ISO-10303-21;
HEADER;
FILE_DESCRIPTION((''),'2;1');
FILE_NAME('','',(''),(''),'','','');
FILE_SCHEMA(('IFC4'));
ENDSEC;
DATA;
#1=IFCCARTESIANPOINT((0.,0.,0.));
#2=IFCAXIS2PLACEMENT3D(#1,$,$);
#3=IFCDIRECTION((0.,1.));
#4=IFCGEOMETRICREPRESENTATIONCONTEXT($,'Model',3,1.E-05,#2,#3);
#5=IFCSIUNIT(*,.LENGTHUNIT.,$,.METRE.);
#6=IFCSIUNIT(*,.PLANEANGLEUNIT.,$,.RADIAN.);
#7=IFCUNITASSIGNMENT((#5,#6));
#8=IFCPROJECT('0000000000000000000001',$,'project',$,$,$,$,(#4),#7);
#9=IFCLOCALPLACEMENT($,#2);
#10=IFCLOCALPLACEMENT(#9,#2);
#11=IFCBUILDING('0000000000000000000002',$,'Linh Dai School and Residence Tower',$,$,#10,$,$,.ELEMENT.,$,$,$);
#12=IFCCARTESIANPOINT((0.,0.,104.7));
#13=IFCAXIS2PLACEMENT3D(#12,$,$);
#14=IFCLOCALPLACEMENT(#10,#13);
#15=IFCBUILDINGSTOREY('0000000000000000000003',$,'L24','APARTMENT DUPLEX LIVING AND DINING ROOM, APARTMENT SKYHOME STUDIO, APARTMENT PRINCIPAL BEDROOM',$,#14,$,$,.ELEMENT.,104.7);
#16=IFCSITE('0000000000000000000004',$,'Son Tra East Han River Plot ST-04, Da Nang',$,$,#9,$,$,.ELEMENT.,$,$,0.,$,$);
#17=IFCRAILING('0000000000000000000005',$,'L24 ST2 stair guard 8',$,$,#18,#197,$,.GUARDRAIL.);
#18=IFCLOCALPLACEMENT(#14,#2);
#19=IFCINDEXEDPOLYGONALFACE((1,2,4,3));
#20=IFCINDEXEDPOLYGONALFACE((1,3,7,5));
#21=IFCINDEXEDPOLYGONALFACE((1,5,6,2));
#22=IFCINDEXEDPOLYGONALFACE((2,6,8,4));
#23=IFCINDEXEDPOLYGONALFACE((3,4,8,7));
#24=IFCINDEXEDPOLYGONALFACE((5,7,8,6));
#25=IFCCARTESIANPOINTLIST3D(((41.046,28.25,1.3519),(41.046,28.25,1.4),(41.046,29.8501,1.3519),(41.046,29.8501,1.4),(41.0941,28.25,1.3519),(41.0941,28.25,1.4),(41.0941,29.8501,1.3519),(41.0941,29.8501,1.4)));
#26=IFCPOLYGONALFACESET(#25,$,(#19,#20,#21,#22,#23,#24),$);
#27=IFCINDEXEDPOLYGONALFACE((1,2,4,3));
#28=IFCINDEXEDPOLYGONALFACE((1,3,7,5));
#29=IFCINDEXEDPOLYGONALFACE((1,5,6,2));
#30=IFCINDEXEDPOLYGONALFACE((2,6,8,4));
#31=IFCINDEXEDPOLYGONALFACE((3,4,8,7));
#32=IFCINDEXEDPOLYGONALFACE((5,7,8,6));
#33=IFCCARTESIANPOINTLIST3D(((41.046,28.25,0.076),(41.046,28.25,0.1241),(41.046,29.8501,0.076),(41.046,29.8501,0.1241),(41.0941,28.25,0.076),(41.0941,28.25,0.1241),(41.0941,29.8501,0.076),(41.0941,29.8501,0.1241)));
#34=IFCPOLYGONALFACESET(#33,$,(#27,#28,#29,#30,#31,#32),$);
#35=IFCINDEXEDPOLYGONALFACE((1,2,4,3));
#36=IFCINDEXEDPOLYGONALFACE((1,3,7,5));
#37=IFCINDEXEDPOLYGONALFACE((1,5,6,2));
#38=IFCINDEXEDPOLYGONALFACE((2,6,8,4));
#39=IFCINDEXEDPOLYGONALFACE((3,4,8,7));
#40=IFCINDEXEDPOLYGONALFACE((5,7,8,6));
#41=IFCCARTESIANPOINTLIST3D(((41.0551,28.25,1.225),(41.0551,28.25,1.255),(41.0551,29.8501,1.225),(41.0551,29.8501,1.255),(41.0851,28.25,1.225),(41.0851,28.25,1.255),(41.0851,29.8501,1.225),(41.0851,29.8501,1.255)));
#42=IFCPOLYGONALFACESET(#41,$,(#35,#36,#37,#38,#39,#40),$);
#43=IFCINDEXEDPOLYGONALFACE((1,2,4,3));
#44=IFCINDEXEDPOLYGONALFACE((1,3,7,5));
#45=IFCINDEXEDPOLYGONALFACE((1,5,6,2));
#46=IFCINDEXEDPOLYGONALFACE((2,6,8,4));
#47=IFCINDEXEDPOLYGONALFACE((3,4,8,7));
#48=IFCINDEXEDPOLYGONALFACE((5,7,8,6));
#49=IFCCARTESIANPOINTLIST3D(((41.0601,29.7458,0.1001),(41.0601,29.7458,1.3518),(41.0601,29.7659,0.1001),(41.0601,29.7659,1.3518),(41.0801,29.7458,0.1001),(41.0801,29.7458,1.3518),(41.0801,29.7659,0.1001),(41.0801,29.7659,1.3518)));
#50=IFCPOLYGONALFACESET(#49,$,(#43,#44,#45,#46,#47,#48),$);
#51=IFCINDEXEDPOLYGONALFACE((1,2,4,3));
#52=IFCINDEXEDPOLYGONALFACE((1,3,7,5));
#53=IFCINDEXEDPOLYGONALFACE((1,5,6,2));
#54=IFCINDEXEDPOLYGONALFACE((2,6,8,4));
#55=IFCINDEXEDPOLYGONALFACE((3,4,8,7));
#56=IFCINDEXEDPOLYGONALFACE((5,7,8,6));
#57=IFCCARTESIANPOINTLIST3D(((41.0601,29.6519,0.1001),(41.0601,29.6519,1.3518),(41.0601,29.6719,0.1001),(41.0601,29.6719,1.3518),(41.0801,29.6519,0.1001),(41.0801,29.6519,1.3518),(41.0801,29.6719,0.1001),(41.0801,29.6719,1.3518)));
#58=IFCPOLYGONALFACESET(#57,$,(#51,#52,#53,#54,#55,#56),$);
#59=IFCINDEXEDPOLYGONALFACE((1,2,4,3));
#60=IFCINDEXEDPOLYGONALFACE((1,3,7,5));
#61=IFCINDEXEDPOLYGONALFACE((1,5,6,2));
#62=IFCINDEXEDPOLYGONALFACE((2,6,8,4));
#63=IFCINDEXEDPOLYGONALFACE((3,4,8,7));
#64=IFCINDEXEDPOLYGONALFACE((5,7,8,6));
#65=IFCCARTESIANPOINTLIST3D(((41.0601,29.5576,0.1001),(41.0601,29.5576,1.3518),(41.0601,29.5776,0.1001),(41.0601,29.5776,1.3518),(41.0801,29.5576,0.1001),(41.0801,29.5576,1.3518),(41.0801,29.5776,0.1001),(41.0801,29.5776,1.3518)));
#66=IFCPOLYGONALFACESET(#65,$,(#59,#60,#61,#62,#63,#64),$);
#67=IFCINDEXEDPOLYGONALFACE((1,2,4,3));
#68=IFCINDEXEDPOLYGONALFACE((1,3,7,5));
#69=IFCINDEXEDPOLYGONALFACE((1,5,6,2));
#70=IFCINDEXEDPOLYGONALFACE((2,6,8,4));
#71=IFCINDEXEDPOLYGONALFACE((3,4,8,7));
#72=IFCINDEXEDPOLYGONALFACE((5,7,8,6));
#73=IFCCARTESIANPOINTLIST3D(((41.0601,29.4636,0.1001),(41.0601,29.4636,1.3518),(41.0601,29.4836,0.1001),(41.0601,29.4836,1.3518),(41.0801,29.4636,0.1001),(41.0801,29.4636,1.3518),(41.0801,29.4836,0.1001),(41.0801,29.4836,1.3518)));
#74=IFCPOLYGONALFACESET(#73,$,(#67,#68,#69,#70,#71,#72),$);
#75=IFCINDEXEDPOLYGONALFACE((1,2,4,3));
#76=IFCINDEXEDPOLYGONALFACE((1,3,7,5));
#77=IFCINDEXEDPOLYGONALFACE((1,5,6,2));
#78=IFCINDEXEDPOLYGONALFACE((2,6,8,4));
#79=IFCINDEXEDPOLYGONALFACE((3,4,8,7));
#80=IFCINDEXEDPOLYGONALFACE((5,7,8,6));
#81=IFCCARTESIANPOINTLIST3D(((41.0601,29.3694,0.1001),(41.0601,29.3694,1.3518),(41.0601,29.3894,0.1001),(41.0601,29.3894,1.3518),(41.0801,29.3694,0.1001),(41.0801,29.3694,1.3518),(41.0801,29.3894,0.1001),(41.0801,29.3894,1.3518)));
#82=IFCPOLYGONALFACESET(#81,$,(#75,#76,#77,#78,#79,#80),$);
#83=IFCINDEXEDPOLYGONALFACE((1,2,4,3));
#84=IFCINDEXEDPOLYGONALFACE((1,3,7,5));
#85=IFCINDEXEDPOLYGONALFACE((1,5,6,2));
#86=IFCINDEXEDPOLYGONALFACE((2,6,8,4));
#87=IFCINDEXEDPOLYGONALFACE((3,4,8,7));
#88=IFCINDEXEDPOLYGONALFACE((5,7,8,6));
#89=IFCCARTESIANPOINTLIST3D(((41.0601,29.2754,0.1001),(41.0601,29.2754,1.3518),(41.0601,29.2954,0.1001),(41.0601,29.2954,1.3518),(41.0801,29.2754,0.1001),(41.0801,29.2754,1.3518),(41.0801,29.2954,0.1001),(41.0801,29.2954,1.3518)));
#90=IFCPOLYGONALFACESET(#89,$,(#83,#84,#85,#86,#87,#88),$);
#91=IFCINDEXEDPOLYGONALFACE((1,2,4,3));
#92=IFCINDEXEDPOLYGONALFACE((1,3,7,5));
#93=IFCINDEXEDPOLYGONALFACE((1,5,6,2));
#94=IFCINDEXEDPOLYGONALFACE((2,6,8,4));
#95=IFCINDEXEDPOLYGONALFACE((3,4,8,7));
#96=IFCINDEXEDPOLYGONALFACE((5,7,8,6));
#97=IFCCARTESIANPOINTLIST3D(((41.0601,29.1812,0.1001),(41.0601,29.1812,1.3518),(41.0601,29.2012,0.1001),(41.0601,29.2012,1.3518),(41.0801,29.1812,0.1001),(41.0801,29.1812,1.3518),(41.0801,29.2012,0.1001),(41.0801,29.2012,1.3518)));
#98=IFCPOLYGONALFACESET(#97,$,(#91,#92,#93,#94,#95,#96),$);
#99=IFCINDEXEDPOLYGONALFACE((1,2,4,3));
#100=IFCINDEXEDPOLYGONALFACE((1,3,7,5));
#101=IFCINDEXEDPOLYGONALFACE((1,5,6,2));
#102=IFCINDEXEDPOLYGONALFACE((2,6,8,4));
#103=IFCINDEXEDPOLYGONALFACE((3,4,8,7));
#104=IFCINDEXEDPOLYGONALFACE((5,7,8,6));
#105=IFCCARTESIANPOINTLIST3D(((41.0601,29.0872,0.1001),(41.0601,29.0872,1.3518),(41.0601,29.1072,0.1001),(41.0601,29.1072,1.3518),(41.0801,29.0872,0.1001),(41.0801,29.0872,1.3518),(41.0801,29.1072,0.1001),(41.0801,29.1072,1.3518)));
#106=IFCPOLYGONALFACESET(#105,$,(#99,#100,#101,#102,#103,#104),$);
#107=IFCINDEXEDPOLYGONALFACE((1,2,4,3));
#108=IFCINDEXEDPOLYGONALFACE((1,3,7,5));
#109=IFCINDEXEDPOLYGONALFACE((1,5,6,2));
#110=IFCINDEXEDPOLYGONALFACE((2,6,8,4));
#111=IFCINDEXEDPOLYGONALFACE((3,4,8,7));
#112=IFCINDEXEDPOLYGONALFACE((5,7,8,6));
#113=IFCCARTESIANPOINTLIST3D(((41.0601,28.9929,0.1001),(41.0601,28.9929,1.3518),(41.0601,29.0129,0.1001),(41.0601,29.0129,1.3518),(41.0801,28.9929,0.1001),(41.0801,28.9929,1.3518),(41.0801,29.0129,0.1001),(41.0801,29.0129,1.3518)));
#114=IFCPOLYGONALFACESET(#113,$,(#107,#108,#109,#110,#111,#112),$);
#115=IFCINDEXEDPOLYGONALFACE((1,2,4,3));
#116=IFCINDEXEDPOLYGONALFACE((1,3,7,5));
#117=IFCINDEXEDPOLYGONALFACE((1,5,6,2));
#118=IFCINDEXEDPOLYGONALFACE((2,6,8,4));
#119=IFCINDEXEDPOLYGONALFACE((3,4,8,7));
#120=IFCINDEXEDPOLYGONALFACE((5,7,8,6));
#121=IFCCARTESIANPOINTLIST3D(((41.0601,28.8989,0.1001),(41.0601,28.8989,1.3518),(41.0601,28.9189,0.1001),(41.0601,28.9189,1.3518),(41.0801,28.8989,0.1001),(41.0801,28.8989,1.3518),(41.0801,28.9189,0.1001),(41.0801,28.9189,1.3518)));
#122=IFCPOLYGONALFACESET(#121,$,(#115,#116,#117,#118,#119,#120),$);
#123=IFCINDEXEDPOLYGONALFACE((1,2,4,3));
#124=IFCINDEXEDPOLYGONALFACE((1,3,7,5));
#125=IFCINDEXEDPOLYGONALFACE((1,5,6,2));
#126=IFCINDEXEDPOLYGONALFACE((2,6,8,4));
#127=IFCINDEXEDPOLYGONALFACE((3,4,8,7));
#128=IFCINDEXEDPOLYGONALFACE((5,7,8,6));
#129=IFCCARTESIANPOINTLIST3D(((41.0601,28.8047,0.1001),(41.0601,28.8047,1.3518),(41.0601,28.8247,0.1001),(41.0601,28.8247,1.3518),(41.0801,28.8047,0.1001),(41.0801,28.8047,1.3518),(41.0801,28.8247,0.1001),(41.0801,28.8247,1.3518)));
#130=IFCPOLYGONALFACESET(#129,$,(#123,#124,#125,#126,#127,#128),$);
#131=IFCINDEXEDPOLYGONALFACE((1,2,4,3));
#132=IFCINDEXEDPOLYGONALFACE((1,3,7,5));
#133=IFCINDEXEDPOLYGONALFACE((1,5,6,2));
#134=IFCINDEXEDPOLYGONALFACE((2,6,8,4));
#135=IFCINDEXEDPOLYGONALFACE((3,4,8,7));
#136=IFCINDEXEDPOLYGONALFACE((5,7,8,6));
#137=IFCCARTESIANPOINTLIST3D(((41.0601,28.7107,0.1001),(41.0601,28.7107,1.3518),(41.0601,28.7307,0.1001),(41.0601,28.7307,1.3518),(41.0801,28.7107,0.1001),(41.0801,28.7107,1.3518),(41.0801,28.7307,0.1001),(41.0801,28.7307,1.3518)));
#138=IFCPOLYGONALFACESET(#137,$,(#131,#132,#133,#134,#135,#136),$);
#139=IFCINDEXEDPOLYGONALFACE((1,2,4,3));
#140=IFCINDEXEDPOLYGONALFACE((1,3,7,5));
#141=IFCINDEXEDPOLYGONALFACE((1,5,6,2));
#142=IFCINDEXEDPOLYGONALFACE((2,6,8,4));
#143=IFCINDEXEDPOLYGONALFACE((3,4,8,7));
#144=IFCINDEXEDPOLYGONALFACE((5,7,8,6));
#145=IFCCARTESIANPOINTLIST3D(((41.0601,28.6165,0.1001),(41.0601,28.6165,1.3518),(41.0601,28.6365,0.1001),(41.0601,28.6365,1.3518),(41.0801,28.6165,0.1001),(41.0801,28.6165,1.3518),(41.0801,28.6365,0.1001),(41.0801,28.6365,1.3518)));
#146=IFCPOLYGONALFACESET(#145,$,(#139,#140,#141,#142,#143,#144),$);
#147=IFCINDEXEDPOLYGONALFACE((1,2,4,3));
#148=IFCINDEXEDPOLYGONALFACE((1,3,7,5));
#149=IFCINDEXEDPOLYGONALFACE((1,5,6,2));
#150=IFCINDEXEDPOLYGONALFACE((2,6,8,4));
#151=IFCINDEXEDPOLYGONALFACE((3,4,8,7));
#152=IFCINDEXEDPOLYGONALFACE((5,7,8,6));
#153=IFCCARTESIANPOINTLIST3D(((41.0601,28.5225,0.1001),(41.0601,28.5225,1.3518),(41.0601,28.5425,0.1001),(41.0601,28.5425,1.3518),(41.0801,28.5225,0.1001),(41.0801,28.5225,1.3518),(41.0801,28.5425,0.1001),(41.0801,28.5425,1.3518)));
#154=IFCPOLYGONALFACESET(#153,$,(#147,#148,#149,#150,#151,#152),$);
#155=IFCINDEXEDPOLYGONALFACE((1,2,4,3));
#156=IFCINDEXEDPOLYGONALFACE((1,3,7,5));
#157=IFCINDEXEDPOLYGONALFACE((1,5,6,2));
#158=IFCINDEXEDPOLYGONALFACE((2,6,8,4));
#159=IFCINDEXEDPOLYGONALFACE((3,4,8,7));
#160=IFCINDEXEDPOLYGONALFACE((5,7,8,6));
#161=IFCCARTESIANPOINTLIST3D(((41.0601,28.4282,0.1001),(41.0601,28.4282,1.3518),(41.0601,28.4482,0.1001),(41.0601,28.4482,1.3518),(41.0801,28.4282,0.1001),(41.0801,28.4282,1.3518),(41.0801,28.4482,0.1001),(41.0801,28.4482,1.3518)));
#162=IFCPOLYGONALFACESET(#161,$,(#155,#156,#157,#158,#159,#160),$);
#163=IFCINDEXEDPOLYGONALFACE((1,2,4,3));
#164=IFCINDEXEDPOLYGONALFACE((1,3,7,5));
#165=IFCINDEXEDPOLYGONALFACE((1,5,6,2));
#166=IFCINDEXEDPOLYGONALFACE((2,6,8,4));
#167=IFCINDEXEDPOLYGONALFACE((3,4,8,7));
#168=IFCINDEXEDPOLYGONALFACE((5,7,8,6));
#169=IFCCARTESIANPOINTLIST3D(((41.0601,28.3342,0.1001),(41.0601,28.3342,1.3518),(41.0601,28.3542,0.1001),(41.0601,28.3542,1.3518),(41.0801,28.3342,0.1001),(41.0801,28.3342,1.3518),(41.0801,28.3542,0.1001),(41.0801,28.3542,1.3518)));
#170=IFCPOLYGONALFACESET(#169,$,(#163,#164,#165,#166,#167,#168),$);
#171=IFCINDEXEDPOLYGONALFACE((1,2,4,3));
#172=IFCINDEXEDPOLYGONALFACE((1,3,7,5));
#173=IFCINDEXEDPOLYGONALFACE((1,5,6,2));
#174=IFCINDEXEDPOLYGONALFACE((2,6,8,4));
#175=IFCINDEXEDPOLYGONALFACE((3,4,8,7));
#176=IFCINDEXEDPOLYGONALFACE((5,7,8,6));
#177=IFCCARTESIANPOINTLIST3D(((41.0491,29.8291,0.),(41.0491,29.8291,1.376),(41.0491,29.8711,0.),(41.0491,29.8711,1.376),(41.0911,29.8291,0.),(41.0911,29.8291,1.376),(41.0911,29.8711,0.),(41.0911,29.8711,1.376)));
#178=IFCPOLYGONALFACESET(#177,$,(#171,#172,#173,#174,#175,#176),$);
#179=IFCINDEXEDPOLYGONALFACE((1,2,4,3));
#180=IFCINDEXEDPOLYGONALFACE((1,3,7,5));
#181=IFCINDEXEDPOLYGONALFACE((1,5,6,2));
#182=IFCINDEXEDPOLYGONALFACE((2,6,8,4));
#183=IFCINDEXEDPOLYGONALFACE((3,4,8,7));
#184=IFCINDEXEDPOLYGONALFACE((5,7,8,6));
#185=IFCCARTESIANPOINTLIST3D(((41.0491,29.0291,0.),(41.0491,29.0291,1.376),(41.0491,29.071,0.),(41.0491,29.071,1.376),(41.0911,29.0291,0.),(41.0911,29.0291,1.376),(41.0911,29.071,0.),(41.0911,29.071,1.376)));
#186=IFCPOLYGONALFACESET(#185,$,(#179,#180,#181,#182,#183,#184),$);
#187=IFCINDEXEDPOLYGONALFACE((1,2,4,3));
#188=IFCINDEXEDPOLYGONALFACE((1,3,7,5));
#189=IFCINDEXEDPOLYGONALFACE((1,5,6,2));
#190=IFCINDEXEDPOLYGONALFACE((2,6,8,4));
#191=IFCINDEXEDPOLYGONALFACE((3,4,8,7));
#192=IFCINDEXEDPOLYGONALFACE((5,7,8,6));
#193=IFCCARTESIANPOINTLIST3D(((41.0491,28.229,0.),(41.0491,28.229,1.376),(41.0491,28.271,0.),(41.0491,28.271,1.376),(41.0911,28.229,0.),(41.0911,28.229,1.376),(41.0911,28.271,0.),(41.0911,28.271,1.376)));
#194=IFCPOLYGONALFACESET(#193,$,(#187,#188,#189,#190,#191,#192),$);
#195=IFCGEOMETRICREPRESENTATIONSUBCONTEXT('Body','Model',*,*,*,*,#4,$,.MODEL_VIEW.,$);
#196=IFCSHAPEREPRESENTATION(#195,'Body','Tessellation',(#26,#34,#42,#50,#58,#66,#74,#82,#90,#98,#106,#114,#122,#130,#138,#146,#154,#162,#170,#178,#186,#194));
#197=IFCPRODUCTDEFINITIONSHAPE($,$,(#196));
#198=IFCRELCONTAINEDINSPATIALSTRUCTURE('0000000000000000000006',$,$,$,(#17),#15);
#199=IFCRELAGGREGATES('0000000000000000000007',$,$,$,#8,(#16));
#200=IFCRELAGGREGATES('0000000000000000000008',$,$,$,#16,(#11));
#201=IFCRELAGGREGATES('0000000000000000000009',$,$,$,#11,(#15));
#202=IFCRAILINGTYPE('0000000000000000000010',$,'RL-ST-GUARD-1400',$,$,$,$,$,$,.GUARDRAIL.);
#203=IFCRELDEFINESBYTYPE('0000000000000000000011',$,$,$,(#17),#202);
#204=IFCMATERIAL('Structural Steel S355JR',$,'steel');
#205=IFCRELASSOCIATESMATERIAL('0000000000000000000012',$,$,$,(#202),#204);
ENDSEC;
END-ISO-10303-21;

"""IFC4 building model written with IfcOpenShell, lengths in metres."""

from ifc_helpers import new_model, si_unit, direction, frame, origin, origin_2d, place, context, subcontext, project, spatial, rectangle, extrude, source, transform, mapped, material, type_object, element, save


model = new_model("IFC4")

# Units and contexts
model_context = context("Model", 3, precision=1e-05, world=origin(), true_north=direction((0.0, 1.0)))
body_context = subcontext(model_context, "Body", "Model", "MODEL_VIEW")
ifc_project = project(units=[si_unit("LENGTHUNIT", "METRE"), si_unit("PLANEANGLEUNIT", "RADIAN")], contexts=[model_context])

# Site, building, storey
site_placement = place(None, origin())
site = spatial("IfcSite", under=ifc_project, at=site_placement, Name="Son Tra East Han River Plot ST-04, Da Nang", CompositionType="ELEMENT", RefElevation=0.0)
building_placement = place(site_placement, origin())
building = spatial("IfcBuilding", under=site, at=building_placement, Name="Linh Dai School and Residence Tower", CompositionType="ELEMENT")
storey_placement = place(building_placement, frame((0.0, 0.0, 104.7)))
storey = spatial("IfcBuildingStorey", under=building, at=storey_placement, Name="L24", Description="APARTMENT DUPLEX LIVING AND DINING ROOM, APARTMENT SKYHOME STUDIO, APARTMENT PRINCIPAL BEDROOM", CompositionType="ELEMENT", Elevation=104.7)

# Shared definitions
ifc_material_1 = material(Name="Structural Steel S355JR", Category="steel")

# Railing
railing_type_1 = type_object("IfcRailingType", Name="RL-ST-GUARD-1400", PredefinedType="GUARDRAIL", material=ifc_material_1)
shared_shape_1 = source(origin(), body_context, "Body", "SweptSolid", [
    extrude(rectangle(XDim=0.0481, YDim=0.0481, at=origin_2d()), frame((0.0, 0.0, 1.376), z_axis=(0.0, -1.0, 0.0), x_axis=(1.0, 0.0, 0.0)), (0.0, 0.0, 1.0), 1.6001),
    extrude(rectangle(XDim=0.0481, YDim=0.0481, at=origin_2d()), frame((0.0, 0.0, 0.1001), z_axis=(0.0, -1.0, 0.0), x_axis=(1.0, 0.0, 0.0)), (0.0, 0.0, 1.0), 1.6001),
    extrude(rectangle(XDim=0.03, YDim=0.03, at=origin_2d()), frame((0.0, 0.0, 1.24), z_axis=(0.0, -1.0, 0.0), x_axis=(1.0, 0.0, 0.0)), (0.0, 0.0, 1.0), 1.6001),
    extrude(rectangle(XDim=0.02, YDim=0.02, at=origin_2d()), frame((0.0, -0.0942, 0.1001)), (0.0, 0.0, 1.0), 1.2517),
    extrude(rectangle(XDim=0.02, YDim=0.02, at=origin_2d()), frame((0.0, -0.1882, 0.1001)), (0.0, 0.0, 1.0), 1.2517),
    extrude(rectangle(XDim=0.02, YDim=0.02, at=origin_2d()), frame((0.0, -0.2825, 0.1001)), (0.0, 0.0, 1.0), 1.2517),
    extrude(rectangle(XDim=0.02, YDim=0.02, at=origin_2d()), frame((0.0, -0.3765, 0.1001)), (0.0, 0.0, 1.0), 1.2517),
    extrude(rectangle(XDim=0.02, YDim=0.02, at=origin_2d()), frame((0.0, -0.4707, 0.1001)), (0.0, 0.0, 1.0), 1.2517),
    extrude(rectangle(XDim=0.02, YDim=0.02, at=origin_2d()), frame((0.0, -0.5647, 0.1001)), (0.0, 0.0, 1.0), 1.2517),
    extrude(rectangle(XDim=0.02, YDim=0.02, at=origin_2d()), frame((0.0, -0.6589, 0.1001)), (0.0, 0.0, 1.0), 1.2517),
    extrude(rectangle(XDim=0.02, YDim=0.02, at=origin_2d()), frame((0.0, -0.7529, 0.1001)), (0.0, 0.0, 1.0), 1.2517),
    extrude(rectangle(XDim=0.02, YDim=0.02, at=origin_2d()), frame((0.0, -0.8472, 0.1001)), (0.0, 0.0, 1.0), 1.2517),
    extrude(rectangle(XDim=0.02, YDim=0.02, at=origin_2d()), frame((0.0, -0.9412, 0.1001)), (0.0, 0.0, 1.0), 1.2517),
    extrude(rectangle(XDim=0.02, YDim=0.02, at=origin_2d()), frame((0.0, -1.0354, 0.1001)), (0.0, 0.0, 1.0), 1.2517),
    extrude(rectangle(XDim=0.02, YDim=0.02, at=origin_2d()), frame((0.0, -1.1294, 0.1001)), (0.0, 0.0, 1.0), 1.2517),
    extrude(rectangle(XDim=0.02, YDim=0.02, at=origin_2d()), frame((0.0, -1.2236, 0.1001)), (0.0, 0.0, 1.0), 1.2517),
    extrude(rectangle(XDim=0.02, YDim=0.02, at=origin_2d()), frame((0.0, -1.3176, 0.1001)), (0.0, 0.0, 1.0), 1.2517),
    extrude(rectangle(XDim=0.02, YDim=0.02, at=origin_2d()), frame((0.0, -1.4119, 0.1001)), (0.0, 0.0, 1.0), 1.2517),
    extrude(rectangle(XDim=0.02, YDim=0.02, at=origin_2d()), frame((0.0, -1.5059, 0.1001)), (0.0, 0.0, 1.0), 1.2517),
    extrude(rectangle(XDim=0.042, YDim=0.042, at=origin_2d()), origin(), (0.0, 0.0, 1.0), 1.376),
    extrude(rectangle(XDim=0.042, YDim=0.042, at=origin_2d()), frame((0.0, -0.8, 0.0)), (0.0, 0.0, 1.0), 1.376),
    extrude(rectangle(XDim=0.042, YDim=0.042, at=origin_2d()), frame((0.0, -1.6001, 0.0)), (0.0, 0.0, 1.0), 1.376),
])
for number, where, name in (
    (1, (41.0701, 29.8501, 0.0), "L24 ST2 stair guard 8"),
):
    element("IfcRailing", number, at=place(storey_placement, frame(where)), inside=storey, type_object=railing_type_1, Name=name, PredefinedType="GUARDRAIL", context=body_context, shape_type="MappedRepresentation", body=[
        mapped(shared_shape_1, transform((0.0, 0.0, 0.0), x_axis=(1.0, 0.0, 0.0), y_axis=(0.0, 1.0, 0.0), z_axis=(0.0, 0.0, 1.0), scale=1.0)),
    ])

save(model, "model.ifc")
